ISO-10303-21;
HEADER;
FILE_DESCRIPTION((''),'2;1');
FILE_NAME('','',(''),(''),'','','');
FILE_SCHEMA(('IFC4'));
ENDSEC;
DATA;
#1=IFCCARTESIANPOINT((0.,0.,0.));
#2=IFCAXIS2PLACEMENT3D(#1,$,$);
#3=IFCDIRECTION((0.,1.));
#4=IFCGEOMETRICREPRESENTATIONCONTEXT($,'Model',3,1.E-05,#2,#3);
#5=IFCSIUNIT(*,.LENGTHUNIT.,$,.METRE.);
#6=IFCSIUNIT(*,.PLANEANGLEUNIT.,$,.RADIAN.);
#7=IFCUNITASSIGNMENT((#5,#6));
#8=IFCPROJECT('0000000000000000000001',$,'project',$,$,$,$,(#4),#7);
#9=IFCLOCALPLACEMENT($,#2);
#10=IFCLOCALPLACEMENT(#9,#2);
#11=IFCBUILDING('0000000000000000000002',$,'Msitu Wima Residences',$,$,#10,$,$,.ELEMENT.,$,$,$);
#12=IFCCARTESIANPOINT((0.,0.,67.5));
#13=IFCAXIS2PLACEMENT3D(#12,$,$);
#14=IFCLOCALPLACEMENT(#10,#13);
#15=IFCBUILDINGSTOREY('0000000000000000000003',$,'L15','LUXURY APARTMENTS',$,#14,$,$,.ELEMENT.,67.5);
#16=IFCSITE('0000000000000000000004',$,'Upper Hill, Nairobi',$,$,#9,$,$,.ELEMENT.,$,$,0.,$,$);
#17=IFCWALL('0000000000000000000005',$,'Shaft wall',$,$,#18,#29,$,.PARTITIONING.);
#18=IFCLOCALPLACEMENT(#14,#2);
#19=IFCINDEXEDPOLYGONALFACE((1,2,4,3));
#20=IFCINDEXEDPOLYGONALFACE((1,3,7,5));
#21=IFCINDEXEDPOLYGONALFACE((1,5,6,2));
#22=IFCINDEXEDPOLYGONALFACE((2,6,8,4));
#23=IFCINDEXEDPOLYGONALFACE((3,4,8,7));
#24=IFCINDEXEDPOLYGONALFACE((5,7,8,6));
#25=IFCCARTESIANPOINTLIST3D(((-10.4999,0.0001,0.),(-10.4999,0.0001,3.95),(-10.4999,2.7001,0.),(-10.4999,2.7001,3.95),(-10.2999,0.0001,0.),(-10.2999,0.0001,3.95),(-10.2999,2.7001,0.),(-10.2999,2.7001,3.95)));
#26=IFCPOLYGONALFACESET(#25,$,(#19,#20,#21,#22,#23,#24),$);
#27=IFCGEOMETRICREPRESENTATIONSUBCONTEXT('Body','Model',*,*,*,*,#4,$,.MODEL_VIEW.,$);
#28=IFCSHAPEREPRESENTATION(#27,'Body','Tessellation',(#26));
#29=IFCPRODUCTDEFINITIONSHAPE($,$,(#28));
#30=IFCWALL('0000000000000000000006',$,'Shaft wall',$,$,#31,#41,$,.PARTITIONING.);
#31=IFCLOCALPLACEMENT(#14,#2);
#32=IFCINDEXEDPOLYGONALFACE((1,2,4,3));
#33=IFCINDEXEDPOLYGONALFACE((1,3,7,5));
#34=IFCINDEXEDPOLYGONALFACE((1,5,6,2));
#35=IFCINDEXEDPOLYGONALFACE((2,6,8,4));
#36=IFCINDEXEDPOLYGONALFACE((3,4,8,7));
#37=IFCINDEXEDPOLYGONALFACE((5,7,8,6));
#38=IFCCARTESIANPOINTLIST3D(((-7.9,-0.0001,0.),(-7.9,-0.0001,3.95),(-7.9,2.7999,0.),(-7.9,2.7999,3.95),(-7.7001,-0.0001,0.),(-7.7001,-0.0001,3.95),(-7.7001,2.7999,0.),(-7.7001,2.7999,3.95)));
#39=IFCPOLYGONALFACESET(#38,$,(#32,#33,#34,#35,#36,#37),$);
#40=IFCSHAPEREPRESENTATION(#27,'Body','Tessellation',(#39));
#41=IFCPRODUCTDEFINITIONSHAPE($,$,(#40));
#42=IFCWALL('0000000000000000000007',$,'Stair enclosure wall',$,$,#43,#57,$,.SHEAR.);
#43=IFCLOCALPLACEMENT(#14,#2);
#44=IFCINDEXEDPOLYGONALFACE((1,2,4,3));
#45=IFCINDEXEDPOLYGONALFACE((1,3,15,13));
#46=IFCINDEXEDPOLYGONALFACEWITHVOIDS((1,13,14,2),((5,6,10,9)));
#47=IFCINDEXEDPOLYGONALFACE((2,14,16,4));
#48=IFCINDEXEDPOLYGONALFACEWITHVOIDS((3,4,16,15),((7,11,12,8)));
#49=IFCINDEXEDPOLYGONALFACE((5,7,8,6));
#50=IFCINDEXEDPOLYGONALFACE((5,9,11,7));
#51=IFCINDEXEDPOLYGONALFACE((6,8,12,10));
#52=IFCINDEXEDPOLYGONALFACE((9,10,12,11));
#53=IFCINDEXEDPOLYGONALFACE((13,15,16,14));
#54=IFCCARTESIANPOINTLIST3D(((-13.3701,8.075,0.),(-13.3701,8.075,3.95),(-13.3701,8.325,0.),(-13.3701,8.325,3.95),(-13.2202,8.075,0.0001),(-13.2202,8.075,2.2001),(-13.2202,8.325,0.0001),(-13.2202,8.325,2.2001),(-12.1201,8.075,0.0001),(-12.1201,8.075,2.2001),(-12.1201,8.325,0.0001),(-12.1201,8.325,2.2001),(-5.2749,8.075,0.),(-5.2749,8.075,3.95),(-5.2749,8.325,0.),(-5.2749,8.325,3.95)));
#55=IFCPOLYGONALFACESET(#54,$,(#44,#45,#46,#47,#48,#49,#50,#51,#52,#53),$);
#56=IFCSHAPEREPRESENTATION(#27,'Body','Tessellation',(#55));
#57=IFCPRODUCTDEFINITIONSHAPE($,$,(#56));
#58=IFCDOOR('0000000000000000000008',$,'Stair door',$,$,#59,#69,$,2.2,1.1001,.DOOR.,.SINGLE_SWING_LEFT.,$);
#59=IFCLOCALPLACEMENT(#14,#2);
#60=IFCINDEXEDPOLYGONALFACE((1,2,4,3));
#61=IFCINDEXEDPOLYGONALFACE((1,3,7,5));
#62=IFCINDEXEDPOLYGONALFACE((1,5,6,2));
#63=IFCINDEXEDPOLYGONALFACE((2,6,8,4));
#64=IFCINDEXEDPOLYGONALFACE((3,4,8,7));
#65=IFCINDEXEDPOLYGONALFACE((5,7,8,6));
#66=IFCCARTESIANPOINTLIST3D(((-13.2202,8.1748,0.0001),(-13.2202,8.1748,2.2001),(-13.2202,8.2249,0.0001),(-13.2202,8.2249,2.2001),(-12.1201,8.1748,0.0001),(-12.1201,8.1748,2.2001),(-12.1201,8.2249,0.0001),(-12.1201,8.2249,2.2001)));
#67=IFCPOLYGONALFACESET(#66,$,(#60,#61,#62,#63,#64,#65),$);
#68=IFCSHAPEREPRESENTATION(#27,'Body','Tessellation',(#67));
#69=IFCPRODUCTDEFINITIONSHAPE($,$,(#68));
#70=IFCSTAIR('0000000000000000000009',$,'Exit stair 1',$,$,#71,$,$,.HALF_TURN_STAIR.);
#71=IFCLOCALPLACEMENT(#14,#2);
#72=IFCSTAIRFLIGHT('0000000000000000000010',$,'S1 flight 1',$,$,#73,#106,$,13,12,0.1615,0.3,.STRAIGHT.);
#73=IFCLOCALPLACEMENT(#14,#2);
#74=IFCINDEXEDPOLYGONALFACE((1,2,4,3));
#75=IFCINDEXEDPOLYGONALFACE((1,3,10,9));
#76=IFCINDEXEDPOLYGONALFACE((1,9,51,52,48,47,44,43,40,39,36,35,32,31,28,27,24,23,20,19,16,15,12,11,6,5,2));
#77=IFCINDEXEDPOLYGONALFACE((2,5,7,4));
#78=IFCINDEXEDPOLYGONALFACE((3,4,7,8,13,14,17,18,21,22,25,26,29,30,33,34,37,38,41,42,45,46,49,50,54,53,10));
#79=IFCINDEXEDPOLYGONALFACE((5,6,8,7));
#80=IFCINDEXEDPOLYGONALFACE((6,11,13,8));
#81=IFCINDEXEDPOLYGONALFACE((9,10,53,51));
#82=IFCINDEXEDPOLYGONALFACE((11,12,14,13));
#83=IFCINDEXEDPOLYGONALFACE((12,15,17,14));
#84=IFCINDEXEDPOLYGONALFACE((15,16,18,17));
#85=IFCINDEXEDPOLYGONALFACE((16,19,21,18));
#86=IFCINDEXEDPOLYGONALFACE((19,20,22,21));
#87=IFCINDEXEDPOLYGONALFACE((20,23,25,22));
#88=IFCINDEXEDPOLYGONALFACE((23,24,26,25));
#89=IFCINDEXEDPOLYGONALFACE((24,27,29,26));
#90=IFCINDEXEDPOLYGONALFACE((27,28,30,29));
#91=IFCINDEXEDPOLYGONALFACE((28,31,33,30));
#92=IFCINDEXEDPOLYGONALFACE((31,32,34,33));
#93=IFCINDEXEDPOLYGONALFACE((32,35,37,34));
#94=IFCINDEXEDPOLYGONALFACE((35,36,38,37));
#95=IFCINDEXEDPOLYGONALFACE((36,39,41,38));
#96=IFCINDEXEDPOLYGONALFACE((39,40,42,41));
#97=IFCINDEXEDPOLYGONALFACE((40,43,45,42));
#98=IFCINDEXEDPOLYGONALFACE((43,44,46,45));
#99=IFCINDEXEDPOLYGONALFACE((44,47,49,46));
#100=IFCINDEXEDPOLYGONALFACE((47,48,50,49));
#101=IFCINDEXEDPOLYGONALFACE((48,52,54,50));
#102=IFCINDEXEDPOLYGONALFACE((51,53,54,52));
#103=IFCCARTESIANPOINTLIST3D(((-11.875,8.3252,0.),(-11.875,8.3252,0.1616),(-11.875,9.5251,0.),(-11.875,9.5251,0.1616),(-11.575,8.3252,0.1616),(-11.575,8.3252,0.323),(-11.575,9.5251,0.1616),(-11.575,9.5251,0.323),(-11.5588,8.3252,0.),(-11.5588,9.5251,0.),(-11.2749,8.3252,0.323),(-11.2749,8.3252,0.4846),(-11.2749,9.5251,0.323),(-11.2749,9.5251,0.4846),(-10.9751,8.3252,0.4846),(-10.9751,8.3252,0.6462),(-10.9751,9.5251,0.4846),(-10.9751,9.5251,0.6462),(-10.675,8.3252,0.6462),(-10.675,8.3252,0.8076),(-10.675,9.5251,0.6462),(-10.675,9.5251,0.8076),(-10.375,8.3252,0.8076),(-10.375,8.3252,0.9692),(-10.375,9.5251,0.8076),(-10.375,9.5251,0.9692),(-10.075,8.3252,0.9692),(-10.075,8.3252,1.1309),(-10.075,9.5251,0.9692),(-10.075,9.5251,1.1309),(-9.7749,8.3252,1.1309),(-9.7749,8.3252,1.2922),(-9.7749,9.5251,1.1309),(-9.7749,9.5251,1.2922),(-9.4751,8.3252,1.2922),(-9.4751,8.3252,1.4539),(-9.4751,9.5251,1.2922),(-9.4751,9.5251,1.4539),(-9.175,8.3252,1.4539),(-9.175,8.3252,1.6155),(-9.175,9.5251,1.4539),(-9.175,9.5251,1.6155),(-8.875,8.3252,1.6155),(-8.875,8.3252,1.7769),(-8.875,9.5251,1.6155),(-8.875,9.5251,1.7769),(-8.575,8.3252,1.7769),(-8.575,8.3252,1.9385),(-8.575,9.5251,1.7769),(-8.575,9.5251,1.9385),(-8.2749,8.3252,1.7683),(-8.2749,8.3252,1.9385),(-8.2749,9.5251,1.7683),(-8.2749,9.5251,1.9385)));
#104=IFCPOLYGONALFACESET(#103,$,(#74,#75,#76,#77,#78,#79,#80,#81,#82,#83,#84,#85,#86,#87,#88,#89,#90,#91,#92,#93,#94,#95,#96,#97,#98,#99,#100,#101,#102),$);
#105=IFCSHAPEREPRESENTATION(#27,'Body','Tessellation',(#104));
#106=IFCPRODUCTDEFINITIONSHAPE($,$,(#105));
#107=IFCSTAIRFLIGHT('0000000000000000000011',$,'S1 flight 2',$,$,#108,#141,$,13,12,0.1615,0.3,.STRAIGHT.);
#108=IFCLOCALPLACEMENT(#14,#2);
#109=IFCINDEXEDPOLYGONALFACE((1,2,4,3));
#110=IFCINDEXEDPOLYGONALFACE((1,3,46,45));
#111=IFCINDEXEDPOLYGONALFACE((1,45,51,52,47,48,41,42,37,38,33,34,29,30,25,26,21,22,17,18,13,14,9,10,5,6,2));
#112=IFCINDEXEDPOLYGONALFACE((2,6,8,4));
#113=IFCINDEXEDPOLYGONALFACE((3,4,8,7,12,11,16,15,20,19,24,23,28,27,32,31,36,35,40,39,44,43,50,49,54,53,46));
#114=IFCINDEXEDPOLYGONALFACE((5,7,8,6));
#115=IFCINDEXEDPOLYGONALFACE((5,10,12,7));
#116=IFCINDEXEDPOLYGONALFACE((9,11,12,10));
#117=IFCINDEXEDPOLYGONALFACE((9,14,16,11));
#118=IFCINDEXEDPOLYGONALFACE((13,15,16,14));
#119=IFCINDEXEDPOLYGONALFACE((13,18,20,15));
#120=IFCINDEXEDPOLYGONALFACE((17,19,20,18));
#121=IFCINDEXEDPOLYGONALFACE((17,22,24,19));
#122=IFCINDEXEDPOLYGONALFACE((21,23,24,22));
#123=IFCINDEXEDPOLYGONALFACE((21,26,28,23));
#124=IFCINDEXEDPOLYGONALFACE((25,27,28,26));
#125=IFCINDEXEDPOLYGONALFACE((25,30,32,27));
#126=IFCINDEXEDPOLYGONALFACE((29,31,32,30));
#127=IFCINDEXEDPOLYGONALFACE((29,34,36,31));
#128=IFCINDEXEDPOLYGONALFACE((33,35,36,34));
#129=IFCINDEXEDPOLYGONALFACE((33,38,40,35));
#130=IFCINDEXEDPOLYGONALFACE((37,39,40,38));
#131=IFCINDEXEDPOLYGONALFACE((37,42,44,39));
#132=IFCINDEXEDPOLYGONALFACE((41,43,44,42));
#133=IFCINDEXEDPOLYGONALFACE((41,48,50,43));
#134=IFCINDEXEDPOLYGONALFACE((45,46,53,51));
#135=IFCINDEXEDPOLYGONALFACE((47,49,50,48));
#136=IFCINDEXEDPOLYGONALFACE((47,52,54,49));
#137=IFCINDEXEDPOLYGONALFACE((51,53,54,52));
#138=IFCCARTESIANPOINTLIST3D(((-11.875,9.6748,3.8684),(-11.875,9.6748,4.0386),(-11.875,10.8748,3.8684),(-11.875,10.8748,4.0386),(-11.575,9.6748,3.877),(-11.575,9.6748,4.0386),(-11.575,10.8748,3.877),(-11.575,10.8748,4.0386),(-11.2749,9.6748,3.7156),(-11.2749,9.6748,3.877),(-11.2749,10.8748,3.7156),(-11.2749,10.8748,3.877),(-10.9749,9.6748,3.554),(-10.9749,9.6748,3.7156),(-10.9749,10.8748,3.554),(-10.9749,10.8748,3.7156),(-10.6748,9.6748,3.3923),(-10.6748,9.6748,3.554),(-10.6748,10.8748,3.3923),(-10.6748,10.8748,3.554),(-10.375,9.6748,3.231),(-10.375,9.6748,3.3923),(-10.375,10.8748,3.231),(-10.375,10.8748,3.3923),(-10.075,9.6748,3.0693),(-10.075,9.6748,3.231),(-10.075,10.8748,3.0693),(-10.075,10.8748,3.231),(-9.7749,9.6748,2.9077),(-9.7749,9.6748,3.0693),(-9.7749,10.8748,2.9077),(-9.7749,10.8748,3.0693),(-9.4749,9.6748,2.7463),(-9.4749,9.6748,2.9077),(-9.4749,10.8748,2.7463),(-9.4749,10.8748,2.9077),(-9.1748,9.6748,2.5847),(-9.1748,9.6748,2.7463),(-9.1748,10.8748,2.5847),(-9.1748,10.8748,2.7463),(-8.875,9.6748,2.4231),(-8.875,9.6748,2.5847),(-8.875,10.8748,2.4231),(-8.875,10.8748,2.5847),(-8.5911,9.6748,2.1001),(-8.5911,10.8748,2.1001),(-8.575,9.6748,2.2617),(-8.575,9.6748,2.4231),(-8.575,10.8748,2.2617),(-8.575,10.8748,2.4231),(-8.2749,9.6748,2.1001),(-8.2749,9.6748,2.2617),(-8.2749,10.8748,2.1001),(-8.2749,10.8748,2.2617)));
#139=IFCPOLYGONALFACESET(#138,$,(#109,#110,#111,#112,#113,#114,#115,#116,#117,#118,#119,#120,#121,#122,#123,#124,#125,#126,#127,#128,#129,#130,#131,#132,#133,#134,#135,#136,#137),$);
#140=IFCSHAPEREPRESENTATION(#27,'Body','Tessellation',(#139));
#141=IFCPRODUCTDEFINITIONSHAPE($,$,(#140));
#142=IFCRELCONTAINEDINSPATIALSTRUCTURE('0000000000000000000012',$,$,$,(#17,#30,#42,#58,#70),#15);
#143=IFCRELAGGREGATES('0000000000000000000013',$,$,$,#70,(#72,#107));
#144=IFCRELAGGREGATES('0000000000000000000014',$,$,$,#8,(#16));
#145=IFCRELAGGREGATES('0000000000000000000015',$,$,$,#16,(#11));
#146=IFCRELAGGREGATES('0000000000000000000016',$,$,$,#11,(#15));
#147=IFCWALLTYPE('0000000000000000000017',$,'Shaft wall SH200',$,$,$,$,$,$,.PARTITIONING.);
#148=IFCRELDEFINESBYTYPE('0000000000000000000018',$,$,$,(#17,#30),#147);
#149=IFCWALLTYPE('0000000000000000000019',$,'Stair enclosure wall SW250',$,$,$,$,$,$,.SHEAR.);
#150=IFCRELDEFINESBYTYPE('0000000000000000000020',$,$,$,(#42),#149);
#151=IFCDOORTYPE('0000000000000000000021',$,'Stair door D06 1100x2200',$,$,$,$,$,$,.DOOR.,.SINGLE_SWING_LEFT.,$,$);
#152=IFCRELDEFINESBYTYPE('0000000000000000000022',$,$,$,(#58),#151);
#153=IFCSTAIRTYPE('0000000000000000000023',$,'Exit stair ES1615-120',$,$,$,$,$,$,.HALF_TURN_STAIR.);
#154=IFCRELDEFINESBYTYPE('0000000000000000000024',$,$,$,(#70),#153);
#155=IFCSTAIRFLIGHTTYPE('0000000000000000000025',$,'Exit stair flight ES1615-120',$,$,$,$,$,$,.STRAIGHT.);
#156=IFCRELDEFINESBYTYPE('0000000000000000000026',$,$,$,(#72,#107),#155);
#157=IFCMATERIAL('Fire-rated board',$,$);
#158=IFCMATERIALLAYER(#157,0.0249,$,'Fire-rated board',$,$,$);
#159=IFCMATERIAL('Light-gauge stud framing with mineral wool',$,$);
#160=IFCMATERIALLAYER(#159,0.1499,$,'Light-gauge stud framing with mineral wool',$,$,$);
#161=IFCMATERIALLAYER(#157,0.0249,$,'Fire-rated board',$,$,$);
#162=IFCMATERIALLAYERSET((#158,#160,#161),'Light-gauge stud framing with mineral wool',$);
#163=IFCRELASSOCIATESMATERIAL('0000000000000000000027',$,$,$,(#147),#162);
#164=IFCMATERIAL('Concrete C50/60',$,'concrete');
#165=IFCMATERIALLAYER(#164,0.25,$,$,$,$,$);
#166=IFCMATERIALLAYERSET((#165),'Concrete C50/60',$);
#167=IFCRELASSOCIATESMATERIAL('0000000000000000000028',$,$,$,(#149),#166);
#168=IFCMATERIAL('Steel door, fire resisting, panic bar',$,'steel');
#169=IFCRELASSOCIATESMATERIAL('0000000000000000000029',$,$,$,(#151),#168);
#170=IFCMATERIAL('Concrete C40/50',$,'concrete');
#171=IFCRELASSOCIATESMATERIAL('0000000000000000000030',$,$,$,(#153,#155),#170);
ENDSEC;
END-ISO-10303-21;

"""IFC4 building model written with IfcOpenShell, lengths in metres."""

from ifc_helpers import new_model, si_unit, direction, frame, frame_2d, origin, place, context, subcontext, project, spatial, polyline, rectangle, outline, extrude, material, layer, layer_set, type_object, element, fill, aggregate, save


model = new_model("IFC4")

# Units and contexts
model_context = context("Model", 3, precision=1e-05, world=origin(), true_north=direction((0.0, 1.0)))
body_context = subcontext(model_context, "Body", "Model", "MODEL_VIEW")
ifc_project = project(units=[si_unit("LENGTHUNIT", "METRE"), si_unit("PLANEANGLEUNIT", "RADIAN")], contexts=[model_context])

# Site, building, storey
site_placement = place(None, origin())
site = spatial("IfcSite", under=ifc_project, at=site_placement, Name="Upper Hill, Nairobi", CompositionType="ELEMENT", RefElevation=0.0)
building_placement = place(site_placement, origin())
building = spatial("IfcBuilding", under=site, at=building_placement, Name="Msitu Wima Residences", CompositionType="ELEMENT")
storey_placement = place(building_placement, frame((0.0, 0.0, 67.5)))
storey = spatial("IfcBuildingStorey", under=building, at=storey_placement, Name="L15", Description="LUXURY APARTMENTS", CompositionType="ELEMENT", Elevation=67.5)

# Shared definitions
ifc_material_1 = material(Name="Concrete C40/50", Category="concrete")

# Shared definitions
ifc_material_2 = material(Name="Fire-rated board")
ifc_layer_1 = layer(ifc_material_2, 0.0249, Name="Fire-rated board")
ifc_material_3 = material(Name="Light-gauge stud framing with mineral wool")
ifc_layer_2 = layer(ifc_material_3, 0.1499, Name="Light-gauge stud framing with mineral wool")
ifc_layer_3 = layer(ifc_material_2, 0.0249, Name="Fire-rated board")
ifc_layer_set_1 = layer_set([ifc_layer_1, ifc_layer_2, ifc_layer_3], Name="Light-gauge stud framing with mineral wool")
wall_type_1 = type_object("IfcWallType", Name="Shaft wall SH200", PredefinedType="PARTITIONING", material=ifc_layer_set_1)

# Walls
wall_1_placement = place(storey_placement, frame((-10.3999, 0.0, 0.0), z_axis=(0.0, 0.0, 1.0), x_axis=(0.0, 1.0, 0.0)))
element("IfcWall", 1, at=wall_1_placement, inside=storey, type_object=wall_type_1, Name="Shaft wall", PredefinedType="PARTITIONING", context=body_context, shape_type="SweptSolid", body=[
    extrude(rectangle(XDim=2.7, YDim=0.2, at=frame_2d((1.3501, 0.0))), origin(), (0.0, 0.0, 1.0), 3.95),
])
wall_2_placement = place(storey_placement, frame((-7.8, 0.0, 0.0), z_axis=(0.0, 0.0, 1.0), x_axis=(0.0, 1.0, 0.0)))
element("IfcWall", 2, at=wall_2_placement, inside=storey, type_object=wall_type_1, Name="Shaft wall", PredefinedType="PARTITIONING", context=body_context, shape_type="SweptSolid", body=[
    extrude(rectangle(XDim=2.8, YDim=0.2, at=frame_2d((1.3999, 0.0))), origin(), (0.0, 0.0, 1.0), 3.95),
])

# Wall, opening, door
ifc_material_4 = material(Name="Concrete C50/60", Category="concrete")
ifc_layer_4 = layer(ifc_material_4, 0.25)
ifc_layer_set_2 = layer_set([ifc_layer_4], Name="Concrete C50/60")
wall_type_2 = type_object("IfcWallType", Name="Stair enclosure wall SW250", PredefinedType="SHEAR", material=ifc_layer_set_2)
wall_3_placement = place(storey_placement, frame((-13.3701, 8.2, 0.0), z_axis=(0.0, 0.0, 1.0), x_axis=(1.0, 0.0, 0.0)))
wall_3 = element("IfcWall", 3, at=wall_3_placement, inside=storey, type_object=wall_type_2, Name="Stair enclosure wall", PredefinedType="SHEAR", context=body_context, shape_type="SweptSolid", body=[
    extrude(rectangle(XDim=8.0952, YDim=0.25, at=frame_2d((4.0476, 0.0))), origin(), (0.0, 0.0, 1.0), 3.95),
])
opening_1_placement = place(wall_3_placement, frame((0.1499, 0.0, 0.0)))
opening_1 = element("IfcOpeningElement", 4, at=opening_1_placement, cuts=wall_3, PredefinedType="OPENING", context=body_context, shape_type="SweptSolid", body=[
    extrude(rectangle(XDim=1.1001, YDim=2.2, at=frame_2d((0.55, 1.1001))), frame((0.0, 0.135, 0.0), z_axis=(0.0, -1.0, 0.0), x_axis=(1.0, 0.0, 0.0)), (0.0, 0.0, 1.0), 0.27),
])
ifc_material_5 = material(Name="Steel door, fire resisting, panic bar", Category="steel")
door_type_1 = type_object("IfcDoorType", Name="Stair door D06 1100x2200", OperationType="SINGLE_SWING_LEFT", PredefinedType="DOOR", material=ifc_material_5)
door_1_placement = place(opening_1_placement, origin())
door_1 = element("IfcDoor", 5, at=door_1_placement, inside=storey, type_object=door_type_1, Name="Stair door", OperationType="SINGLE_SWING_LEFT", OverallHeight=2.2, OverallWidth=1.1001, PredefinedType="DOOR", context=body_context, shape_type="SweptSolid", body=[
    extrude(rectangle(XDim=1.1001, YDim=2.2, at=frame_2d((0.55, 1.1001))), frame((0.0, 0.0249, 0.0), z_axis=(0.0, -1.0, 0.0), x_axis=(1.0, 0.0, 0.0)), (0.0, 0.0, 1.0), 0.05),
])
fill(opening_1, door_1)

# Stair, stair flights
stair_type = type_object("IfcStairType", Name="Exit stair ES1615-120", PredefinedType="HALF_TURN_STAIR", material=ifc_material_1)
stair_placement = place(storey_placement, origin())
stair = element("IfcStair", 6, at=stair_placement, inside=storey, type_object=stair_type, Name="Exit stair 1", PredefinedType="HALF_TURN_STAIR")
stair_flight_type = type_object("IfcStairFlightType", Name="Exit stair flight ES1615-120", PredefinedType="STRAIGHT", material=ifc_material_1)
stair_flight_1_placement = place(storey_placement, frame((-11.875, 8.925, 0.0), z_axis=(0.0, 0.0, 1.0), x_axis=(1.0, 0.0, 0.0)))
stair_flight_1 = element("IfcStairFlight", 7, at=stair_flight_1_placement, type_object=stair_flight_type, Name="S1 flight 1", NumberOfRisers=13, NumberOfTreads=12, PredefinedType="STRAIGHT", RiserHeight=0.1615, TreadLength=0.3, context=body_context, shape_type="SweptSolid", body=[
    extrude(outline(polyline([(0.0, 0.0), (0.0, 0.1616), (0.3, 0.1616), (0.3, 0.323), (0.6001, 0.323), (0.6001, 0.4846), (0.8999, 0.4846), (0.8999, 0.6462), (1.2, 0.6462), (1.2, 0.8076), (1.5, 0.8076), (1.5, 0.9692), (1.8, 0.9692), (1.8, 1.1309), (2.1001, 1.1309), (2.1001, 1.2922), (2.3999, 1.2922), (2.3999, 1.4539), (2.7, 1.4539), (2.7, 1.6155), (3.0, 1.6155), (3.0, 1.7769), (3.3, 1.7769), (3.3, 1.9385), (3.6001, 1.9385), (3.6001, 2.1001), (3.6001, 1.7683), (0.3162, 0.0), (0.0, 0.0)])), frame((0.0, 0.6001, 0.0), z_axis=(0.0, -1.0, 0.0), x_axis=(1.0, 0.0, 0.0)), (0.0, 0.0, 1.0), 1.2),
])
stair_flight_2_placement = place(storey_placement, frame((-8.2749, 10.2749, 2.1001), z_axis=(0.0, 0.0, 1.0), x_axis=(-1.0, 0.0, 0.0)))
stair_flight_2 = element("IfcStairFlight", 8, at=stair_flight_2_placement, type_object=stair_flight_type, Name="S1 flight 2", NumberOfRisers=13, NumberOfTreads=12, PredefinedType="STRAIGHT", RiserHeight=0.1615, TreadLength=0.3, context=body_context, shape_type="SweptSolid", body=[
    extrude(outline(polyline([(0.0, 0.0), (0.0, 0.1616), (0.3, 0.1616), (0.3, 0.323), (0.6001, 0.323), (0.6001, 0.4846), (0.8999, 0.4846), (0.8999, 0.6462), (1.2, 0.6462), (1.2, 0.8076), (1.5, 0.8076), (1.5, 0.9692), (1.8, 0.9692), (1.8, 1.1309), (2.1001, 1.1309), (2.1001, 1.2922), (2.3999, 1.2922), (2.3999, 1.4539), (2.7, 1.4539), (2.7, 1.6155), (3.0, 1.6155), (3.0, 1.7769), (3.3, 1.7769), (3.3, 1.9385), (3.6001, 1.9385), (3.6001, 2.1001), (3.6001, 1.7683), (0.3162, 0.0), (0.0, 0.0)])), frame((0.0, 0.6001, 0.0), z_axis=(0.0, -1.0, 0.0), x_axis=(1.0, 0.0, 0.0)), (0.0, 0.0, 1.0), 1.2),
])
aggregate(stair, [stair_flight_1, stair_flight_2])

save(model, "model.ifc")
